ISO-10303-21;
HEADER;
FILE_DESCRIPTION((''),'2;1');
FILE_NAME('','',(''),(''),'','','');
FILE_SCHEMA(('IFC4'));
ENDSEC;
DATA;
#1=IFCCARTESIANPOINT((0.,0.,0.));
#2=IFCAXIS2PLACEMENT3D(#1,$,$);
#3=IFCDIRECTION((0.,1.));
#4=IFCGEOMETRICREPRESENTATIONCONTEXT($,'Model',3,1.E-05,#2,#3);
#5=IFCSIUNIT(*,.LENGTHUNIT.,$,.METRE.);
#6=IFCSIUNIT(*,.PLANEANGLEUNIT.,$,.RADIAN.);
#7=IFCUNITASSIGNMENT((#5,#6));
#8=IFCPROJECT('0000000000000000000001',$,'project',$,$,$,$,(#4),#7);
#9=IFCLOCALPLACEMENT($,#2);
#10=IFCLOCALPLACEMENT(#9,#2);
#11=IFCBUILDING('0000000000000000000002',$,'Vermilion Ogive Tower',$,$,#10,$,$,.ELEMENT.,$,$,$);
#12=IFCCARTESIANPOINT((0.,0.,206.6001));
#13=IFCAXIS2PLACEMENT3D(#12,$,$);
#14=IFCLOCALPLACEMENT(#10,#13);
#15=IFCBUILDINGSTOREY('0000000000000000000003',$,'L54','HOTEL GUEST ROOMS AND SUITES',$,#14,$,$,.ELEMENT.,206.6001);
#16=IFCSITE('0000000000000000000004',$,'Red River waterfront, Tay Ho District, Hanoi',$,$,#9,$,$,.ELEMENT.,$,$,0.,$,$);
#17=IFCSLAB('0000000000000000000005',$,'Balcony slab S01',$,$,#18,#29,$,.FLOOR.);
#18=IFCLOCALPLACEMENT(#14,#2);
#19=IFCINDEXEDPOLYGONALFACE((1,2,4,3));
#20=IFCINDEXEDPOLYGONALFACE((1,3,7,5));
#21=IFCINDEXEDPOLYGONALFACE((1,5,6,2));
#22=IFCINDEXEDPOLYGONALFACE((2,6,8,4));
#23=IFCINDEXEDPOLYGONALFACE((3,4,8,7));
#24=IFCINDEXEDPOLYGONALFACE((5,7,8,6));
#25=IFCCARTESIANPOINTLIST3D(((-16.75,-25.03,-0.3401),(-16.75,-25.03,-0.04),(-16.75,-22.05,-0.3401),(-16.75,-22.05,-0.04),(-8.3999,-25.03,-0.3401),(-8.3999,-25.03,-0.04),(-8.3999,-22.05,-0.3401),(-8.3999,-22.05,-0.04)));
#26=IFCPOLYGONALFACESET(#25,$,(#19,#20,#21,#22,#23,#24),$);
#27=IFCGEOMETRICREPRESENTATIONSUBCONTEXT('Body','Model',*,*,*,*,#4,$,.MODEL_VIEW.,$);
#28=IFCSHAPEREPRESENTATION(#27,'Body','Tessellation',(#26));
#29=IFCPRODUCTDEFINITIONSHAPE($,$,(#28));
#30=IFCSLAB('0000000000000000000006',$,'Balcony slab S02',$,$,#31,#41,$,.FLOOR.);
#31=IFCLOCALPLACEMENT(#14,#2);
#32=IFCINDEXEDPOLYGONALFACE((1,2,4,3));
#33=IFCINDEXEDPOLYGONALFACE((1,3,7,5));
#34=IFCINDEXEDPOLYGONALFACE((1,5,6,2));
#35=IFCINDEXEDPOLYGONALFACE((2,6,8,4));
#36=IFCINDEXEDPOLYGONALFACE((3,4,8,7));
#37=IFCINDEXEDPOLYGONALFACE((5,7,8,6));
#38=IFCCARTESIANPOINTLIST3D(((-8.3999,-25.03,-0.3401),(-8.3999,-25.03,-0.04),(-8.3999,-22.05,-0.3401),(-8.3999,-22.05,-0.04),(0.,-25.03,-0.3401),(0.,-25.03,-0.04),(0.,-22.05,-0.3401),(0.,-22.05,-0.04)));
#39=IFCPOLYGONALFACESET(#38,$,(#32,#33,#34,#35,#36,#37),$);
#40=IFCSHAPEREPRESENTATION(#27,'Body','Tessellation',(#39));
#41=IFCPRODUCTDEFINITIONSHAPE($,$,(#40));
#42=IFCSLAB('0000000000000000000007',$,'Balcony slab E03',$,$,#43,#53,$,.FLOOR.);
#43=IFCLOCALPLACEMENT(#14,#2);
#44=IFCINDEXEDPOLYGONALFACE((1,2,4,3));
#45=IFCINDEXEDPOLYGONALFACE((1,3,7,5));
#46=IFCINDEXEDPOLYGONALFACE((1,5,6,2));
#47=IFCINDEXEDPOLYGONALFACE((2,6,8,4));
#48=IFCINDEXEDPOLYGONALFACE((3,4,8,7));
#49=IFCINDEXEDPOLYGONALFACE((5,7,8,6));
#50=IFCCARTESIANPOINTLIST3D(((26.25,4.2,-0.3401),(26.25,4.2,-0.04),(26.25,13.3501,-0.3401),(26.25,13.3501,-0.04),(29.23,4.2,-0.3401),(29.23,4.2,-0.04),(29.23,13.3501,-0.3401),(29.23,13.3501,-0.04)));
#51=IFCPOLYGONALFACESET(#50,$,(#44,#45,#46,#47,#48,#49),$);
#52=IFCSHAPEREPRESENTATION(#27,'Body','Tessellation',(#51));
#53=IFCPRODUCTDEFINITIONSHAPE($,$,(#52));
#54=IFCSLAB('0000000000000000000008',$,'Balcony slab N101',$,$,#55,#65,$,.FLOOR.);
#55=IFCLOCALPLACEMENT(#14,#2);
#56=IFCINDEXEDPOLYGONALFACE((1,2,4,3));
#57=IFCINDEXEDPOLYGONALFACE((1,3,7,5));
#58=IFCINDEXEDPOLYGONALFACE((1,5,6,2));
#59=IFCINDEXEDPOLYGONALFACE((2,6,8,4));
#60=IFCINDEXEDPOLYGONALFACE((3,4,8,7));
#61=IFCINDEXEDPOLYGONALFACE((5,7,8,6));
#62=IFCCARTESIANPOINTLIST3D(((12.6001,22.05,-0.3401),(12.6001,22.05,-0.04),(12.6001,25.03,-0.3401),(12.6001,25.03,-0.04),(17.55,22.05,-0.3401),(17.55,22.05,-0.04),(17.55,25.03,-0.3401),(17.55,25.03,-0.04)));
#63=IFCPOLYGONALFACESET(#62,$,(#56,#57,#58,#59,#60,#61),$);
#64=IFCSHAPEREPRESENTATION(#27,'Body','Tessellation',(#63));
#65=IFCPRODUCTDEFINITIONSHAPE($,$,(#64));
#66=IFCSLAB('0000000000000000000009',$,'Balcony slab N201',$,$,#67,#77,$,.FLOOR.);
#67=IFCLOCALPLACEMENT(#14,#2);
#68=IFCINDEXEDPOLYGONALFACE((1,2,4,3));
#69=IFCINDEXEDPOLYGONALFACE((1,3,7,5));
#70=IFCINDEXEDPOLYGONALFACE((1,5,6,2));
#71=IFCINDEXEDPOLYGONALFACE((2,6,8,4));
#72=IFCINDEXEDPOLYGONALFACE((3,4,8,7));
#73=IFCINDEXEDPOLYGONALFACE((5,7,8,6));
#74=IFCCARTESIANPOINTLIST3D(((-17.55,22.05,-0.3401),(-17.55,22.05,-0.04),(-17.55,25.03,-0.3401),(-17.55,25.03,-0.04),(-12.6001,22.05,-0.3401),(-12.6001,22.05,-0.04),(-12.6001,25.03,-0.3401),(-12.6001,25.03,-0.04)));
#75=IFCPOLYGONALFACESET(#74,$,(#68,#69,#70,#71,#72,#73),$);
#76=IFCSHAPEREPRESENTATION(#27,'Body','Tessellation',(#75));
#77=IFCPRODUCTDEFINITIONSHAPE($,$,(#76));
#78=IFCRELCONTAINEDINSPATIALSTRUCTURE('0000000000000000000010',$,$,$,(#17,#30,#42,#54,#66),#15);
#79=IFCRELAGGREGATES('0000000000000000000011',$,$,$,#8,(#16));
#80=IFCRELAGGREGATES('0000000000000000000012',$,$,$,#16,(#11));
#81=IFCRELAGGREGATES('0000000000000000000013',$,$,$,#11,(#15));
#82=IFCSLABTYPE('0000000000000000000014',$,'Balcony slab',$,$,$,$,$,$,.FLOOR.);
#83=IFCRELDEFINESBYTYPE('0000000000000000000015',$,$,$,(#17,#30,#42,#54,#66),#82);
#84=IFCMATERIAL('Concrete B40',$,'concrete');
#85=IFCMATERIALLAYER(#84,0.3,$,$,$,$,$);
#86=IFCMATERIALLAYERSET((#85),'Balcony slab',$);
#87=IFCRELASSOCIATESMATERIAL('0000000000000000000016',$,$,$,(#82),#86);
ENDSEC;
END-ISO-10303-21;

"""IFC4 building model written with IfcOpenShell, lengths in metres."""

from ifc_helpers import new_model, si_unit, direction, frame, origin, place, context, subcontext, project, spatial, polyline, outline, extrude, material, layer, layer_set, type_object, element, save


model = new_model("IFC4")

# Units and contexts
model_context = context("Model", 3, precision=1e-05, world=origin(), true_north=direction((0.0, 1.0)))
body_context = subcontext(model_context, "Body", "Model", "MODEL_VIEW")
ifc_project = project(units=[si_unit("LENGTHUNIT", "METRE"), si_unit("PLANEANGLEUNIT", "RADIAN")], contexts=[model_context])

# Site, building, storey
site_placement = place(None, origin())
site = spatial("IfcSite", under=ifc_project, at=site_placement, Name="Red River waterfront, Tay Ho District, Hanoi", CompositionType="ELEMENT", RefElevation=0.0)
building_placement = place(site_placement, origin())
building = spatial("IfcBuilding", under=site, at=building_placement, Name="Vermilion Ogive Tower", CompositionType="ELEMENT")
storey_placement = place(building_placement, frame((0.0, 0.0, 206.6001)))
storey = spatial("IfcBuildingStorey", under=building, at=storey_placement, Name="L54", Description="HOTEL GUEST ROOMS AND SUITES", CompositionType="ELEMENT", Elevation=206.6001)

# Slabs
ifc_material_1 = material(Name="Concrete B40", Category="concrete")
ifc_layer_1 = layer(ifc_material_1, 0.3)
ifc_layer_set_1 = layer_set([ifc_layer_1], Name="Balcony slab")
slab_type_1 = type_object("IfcSlabType", Name="Balcony slab", PredefinedType="FLOOR", material=ifc_layer_set_1)
slab_1_placement = place(storey_placement, frame((0.0, 0.0, -0.3401)))
element("IfcSlab", 1, at=slab_1_placement, inside=storey, type_object=slab_type_1, Name="Balcony slab S01", PredefinedType="FLOOR", context=body_context, shape_type="SweptSolid", body=[
    extrude(outline(polyline([(-16.75, -25.03), (-8.3999, -25.03), (-8.3999, -22.05), (-16.75, -22.05), (-16.75, -25.03)])), origin(), (0.0, 0.0, 1.0), 0.3),
])
slab_2_placement = place(storey_placement, frame((0.0, 0.0, -0.3401)))
element("IfcSlab", 2, at=slab_2_placement, inside=storey, type_object=slab_type_1, Name="Balcony slab S02", PredefinedType="FLOOR", context=body_context, shape_type="SweptSolid", body=[
    extrude(outline(polyline([(-8.3999, -25.03), (0.0, -25.03), (0.0, -22.05), (-8.3999, -22.05), (-8.3999, -25.03)])), origin(), (0.0, 0.0, 1.0), 0.3),
])
slab_3_placement = place(storey_placement, frame((0.0, 0.0, -0.3401)))
element("IfcSlab", 3, at=slab_3_placement, inside=storey, type_object=slab_type_1, Name="Balcony slab E03", PredefinedType="FLOOR", context=body_context, shape_type="SweptSolid", body=[
    extrude(outline(polyline([(29.23, 4.2), (29.23, 13.3501), (26.25, 13.3501), (26.25, 4.2), (29.23, 4.2)])), origin(), (0.0, 0.0, 1.0), 0.3),
])
slab_4_placement = place(storey_placement, frame((0.0, 0.0, -0.3401)))
element("IfcSlab", 4, at=slab_4_placement, inside=storey, type_object=slab_type_1, Name="Balcony slab N101", PredefinedType="FLOOR", context=body_context, shape_type="SweptSolid", body=[
    extrude(outline(polyline([(17.55, 25.03), (12.6001, 25.03), (12.6001, 22.05), (17.55, 22.05), (17.55, 25.03)])), origin(), (0.0, 0.0, 1.0), 0.3),
])
slab_5_placement = place(storey_placement, frame((0.0, 0.0, -0.3401)))
element("IfcSlab", 5, at=slab_5_placement, inside=storey, type_object=slab_type_1, Name="Balcony slab N201", PredefinedType="FLOOR", context=body_context, shape_type="SweptSolid", body=[
    extrude(outline(polyline([(-12.6001, 25.03), (-17.55, 25.03), (-17.55, 22.05), (-12.6001, 22.05), (-12.6001, 25.03)])), origin(), (0.0, 0.0, 1.0), 0.3),
])

save(model, "model.ifc")
